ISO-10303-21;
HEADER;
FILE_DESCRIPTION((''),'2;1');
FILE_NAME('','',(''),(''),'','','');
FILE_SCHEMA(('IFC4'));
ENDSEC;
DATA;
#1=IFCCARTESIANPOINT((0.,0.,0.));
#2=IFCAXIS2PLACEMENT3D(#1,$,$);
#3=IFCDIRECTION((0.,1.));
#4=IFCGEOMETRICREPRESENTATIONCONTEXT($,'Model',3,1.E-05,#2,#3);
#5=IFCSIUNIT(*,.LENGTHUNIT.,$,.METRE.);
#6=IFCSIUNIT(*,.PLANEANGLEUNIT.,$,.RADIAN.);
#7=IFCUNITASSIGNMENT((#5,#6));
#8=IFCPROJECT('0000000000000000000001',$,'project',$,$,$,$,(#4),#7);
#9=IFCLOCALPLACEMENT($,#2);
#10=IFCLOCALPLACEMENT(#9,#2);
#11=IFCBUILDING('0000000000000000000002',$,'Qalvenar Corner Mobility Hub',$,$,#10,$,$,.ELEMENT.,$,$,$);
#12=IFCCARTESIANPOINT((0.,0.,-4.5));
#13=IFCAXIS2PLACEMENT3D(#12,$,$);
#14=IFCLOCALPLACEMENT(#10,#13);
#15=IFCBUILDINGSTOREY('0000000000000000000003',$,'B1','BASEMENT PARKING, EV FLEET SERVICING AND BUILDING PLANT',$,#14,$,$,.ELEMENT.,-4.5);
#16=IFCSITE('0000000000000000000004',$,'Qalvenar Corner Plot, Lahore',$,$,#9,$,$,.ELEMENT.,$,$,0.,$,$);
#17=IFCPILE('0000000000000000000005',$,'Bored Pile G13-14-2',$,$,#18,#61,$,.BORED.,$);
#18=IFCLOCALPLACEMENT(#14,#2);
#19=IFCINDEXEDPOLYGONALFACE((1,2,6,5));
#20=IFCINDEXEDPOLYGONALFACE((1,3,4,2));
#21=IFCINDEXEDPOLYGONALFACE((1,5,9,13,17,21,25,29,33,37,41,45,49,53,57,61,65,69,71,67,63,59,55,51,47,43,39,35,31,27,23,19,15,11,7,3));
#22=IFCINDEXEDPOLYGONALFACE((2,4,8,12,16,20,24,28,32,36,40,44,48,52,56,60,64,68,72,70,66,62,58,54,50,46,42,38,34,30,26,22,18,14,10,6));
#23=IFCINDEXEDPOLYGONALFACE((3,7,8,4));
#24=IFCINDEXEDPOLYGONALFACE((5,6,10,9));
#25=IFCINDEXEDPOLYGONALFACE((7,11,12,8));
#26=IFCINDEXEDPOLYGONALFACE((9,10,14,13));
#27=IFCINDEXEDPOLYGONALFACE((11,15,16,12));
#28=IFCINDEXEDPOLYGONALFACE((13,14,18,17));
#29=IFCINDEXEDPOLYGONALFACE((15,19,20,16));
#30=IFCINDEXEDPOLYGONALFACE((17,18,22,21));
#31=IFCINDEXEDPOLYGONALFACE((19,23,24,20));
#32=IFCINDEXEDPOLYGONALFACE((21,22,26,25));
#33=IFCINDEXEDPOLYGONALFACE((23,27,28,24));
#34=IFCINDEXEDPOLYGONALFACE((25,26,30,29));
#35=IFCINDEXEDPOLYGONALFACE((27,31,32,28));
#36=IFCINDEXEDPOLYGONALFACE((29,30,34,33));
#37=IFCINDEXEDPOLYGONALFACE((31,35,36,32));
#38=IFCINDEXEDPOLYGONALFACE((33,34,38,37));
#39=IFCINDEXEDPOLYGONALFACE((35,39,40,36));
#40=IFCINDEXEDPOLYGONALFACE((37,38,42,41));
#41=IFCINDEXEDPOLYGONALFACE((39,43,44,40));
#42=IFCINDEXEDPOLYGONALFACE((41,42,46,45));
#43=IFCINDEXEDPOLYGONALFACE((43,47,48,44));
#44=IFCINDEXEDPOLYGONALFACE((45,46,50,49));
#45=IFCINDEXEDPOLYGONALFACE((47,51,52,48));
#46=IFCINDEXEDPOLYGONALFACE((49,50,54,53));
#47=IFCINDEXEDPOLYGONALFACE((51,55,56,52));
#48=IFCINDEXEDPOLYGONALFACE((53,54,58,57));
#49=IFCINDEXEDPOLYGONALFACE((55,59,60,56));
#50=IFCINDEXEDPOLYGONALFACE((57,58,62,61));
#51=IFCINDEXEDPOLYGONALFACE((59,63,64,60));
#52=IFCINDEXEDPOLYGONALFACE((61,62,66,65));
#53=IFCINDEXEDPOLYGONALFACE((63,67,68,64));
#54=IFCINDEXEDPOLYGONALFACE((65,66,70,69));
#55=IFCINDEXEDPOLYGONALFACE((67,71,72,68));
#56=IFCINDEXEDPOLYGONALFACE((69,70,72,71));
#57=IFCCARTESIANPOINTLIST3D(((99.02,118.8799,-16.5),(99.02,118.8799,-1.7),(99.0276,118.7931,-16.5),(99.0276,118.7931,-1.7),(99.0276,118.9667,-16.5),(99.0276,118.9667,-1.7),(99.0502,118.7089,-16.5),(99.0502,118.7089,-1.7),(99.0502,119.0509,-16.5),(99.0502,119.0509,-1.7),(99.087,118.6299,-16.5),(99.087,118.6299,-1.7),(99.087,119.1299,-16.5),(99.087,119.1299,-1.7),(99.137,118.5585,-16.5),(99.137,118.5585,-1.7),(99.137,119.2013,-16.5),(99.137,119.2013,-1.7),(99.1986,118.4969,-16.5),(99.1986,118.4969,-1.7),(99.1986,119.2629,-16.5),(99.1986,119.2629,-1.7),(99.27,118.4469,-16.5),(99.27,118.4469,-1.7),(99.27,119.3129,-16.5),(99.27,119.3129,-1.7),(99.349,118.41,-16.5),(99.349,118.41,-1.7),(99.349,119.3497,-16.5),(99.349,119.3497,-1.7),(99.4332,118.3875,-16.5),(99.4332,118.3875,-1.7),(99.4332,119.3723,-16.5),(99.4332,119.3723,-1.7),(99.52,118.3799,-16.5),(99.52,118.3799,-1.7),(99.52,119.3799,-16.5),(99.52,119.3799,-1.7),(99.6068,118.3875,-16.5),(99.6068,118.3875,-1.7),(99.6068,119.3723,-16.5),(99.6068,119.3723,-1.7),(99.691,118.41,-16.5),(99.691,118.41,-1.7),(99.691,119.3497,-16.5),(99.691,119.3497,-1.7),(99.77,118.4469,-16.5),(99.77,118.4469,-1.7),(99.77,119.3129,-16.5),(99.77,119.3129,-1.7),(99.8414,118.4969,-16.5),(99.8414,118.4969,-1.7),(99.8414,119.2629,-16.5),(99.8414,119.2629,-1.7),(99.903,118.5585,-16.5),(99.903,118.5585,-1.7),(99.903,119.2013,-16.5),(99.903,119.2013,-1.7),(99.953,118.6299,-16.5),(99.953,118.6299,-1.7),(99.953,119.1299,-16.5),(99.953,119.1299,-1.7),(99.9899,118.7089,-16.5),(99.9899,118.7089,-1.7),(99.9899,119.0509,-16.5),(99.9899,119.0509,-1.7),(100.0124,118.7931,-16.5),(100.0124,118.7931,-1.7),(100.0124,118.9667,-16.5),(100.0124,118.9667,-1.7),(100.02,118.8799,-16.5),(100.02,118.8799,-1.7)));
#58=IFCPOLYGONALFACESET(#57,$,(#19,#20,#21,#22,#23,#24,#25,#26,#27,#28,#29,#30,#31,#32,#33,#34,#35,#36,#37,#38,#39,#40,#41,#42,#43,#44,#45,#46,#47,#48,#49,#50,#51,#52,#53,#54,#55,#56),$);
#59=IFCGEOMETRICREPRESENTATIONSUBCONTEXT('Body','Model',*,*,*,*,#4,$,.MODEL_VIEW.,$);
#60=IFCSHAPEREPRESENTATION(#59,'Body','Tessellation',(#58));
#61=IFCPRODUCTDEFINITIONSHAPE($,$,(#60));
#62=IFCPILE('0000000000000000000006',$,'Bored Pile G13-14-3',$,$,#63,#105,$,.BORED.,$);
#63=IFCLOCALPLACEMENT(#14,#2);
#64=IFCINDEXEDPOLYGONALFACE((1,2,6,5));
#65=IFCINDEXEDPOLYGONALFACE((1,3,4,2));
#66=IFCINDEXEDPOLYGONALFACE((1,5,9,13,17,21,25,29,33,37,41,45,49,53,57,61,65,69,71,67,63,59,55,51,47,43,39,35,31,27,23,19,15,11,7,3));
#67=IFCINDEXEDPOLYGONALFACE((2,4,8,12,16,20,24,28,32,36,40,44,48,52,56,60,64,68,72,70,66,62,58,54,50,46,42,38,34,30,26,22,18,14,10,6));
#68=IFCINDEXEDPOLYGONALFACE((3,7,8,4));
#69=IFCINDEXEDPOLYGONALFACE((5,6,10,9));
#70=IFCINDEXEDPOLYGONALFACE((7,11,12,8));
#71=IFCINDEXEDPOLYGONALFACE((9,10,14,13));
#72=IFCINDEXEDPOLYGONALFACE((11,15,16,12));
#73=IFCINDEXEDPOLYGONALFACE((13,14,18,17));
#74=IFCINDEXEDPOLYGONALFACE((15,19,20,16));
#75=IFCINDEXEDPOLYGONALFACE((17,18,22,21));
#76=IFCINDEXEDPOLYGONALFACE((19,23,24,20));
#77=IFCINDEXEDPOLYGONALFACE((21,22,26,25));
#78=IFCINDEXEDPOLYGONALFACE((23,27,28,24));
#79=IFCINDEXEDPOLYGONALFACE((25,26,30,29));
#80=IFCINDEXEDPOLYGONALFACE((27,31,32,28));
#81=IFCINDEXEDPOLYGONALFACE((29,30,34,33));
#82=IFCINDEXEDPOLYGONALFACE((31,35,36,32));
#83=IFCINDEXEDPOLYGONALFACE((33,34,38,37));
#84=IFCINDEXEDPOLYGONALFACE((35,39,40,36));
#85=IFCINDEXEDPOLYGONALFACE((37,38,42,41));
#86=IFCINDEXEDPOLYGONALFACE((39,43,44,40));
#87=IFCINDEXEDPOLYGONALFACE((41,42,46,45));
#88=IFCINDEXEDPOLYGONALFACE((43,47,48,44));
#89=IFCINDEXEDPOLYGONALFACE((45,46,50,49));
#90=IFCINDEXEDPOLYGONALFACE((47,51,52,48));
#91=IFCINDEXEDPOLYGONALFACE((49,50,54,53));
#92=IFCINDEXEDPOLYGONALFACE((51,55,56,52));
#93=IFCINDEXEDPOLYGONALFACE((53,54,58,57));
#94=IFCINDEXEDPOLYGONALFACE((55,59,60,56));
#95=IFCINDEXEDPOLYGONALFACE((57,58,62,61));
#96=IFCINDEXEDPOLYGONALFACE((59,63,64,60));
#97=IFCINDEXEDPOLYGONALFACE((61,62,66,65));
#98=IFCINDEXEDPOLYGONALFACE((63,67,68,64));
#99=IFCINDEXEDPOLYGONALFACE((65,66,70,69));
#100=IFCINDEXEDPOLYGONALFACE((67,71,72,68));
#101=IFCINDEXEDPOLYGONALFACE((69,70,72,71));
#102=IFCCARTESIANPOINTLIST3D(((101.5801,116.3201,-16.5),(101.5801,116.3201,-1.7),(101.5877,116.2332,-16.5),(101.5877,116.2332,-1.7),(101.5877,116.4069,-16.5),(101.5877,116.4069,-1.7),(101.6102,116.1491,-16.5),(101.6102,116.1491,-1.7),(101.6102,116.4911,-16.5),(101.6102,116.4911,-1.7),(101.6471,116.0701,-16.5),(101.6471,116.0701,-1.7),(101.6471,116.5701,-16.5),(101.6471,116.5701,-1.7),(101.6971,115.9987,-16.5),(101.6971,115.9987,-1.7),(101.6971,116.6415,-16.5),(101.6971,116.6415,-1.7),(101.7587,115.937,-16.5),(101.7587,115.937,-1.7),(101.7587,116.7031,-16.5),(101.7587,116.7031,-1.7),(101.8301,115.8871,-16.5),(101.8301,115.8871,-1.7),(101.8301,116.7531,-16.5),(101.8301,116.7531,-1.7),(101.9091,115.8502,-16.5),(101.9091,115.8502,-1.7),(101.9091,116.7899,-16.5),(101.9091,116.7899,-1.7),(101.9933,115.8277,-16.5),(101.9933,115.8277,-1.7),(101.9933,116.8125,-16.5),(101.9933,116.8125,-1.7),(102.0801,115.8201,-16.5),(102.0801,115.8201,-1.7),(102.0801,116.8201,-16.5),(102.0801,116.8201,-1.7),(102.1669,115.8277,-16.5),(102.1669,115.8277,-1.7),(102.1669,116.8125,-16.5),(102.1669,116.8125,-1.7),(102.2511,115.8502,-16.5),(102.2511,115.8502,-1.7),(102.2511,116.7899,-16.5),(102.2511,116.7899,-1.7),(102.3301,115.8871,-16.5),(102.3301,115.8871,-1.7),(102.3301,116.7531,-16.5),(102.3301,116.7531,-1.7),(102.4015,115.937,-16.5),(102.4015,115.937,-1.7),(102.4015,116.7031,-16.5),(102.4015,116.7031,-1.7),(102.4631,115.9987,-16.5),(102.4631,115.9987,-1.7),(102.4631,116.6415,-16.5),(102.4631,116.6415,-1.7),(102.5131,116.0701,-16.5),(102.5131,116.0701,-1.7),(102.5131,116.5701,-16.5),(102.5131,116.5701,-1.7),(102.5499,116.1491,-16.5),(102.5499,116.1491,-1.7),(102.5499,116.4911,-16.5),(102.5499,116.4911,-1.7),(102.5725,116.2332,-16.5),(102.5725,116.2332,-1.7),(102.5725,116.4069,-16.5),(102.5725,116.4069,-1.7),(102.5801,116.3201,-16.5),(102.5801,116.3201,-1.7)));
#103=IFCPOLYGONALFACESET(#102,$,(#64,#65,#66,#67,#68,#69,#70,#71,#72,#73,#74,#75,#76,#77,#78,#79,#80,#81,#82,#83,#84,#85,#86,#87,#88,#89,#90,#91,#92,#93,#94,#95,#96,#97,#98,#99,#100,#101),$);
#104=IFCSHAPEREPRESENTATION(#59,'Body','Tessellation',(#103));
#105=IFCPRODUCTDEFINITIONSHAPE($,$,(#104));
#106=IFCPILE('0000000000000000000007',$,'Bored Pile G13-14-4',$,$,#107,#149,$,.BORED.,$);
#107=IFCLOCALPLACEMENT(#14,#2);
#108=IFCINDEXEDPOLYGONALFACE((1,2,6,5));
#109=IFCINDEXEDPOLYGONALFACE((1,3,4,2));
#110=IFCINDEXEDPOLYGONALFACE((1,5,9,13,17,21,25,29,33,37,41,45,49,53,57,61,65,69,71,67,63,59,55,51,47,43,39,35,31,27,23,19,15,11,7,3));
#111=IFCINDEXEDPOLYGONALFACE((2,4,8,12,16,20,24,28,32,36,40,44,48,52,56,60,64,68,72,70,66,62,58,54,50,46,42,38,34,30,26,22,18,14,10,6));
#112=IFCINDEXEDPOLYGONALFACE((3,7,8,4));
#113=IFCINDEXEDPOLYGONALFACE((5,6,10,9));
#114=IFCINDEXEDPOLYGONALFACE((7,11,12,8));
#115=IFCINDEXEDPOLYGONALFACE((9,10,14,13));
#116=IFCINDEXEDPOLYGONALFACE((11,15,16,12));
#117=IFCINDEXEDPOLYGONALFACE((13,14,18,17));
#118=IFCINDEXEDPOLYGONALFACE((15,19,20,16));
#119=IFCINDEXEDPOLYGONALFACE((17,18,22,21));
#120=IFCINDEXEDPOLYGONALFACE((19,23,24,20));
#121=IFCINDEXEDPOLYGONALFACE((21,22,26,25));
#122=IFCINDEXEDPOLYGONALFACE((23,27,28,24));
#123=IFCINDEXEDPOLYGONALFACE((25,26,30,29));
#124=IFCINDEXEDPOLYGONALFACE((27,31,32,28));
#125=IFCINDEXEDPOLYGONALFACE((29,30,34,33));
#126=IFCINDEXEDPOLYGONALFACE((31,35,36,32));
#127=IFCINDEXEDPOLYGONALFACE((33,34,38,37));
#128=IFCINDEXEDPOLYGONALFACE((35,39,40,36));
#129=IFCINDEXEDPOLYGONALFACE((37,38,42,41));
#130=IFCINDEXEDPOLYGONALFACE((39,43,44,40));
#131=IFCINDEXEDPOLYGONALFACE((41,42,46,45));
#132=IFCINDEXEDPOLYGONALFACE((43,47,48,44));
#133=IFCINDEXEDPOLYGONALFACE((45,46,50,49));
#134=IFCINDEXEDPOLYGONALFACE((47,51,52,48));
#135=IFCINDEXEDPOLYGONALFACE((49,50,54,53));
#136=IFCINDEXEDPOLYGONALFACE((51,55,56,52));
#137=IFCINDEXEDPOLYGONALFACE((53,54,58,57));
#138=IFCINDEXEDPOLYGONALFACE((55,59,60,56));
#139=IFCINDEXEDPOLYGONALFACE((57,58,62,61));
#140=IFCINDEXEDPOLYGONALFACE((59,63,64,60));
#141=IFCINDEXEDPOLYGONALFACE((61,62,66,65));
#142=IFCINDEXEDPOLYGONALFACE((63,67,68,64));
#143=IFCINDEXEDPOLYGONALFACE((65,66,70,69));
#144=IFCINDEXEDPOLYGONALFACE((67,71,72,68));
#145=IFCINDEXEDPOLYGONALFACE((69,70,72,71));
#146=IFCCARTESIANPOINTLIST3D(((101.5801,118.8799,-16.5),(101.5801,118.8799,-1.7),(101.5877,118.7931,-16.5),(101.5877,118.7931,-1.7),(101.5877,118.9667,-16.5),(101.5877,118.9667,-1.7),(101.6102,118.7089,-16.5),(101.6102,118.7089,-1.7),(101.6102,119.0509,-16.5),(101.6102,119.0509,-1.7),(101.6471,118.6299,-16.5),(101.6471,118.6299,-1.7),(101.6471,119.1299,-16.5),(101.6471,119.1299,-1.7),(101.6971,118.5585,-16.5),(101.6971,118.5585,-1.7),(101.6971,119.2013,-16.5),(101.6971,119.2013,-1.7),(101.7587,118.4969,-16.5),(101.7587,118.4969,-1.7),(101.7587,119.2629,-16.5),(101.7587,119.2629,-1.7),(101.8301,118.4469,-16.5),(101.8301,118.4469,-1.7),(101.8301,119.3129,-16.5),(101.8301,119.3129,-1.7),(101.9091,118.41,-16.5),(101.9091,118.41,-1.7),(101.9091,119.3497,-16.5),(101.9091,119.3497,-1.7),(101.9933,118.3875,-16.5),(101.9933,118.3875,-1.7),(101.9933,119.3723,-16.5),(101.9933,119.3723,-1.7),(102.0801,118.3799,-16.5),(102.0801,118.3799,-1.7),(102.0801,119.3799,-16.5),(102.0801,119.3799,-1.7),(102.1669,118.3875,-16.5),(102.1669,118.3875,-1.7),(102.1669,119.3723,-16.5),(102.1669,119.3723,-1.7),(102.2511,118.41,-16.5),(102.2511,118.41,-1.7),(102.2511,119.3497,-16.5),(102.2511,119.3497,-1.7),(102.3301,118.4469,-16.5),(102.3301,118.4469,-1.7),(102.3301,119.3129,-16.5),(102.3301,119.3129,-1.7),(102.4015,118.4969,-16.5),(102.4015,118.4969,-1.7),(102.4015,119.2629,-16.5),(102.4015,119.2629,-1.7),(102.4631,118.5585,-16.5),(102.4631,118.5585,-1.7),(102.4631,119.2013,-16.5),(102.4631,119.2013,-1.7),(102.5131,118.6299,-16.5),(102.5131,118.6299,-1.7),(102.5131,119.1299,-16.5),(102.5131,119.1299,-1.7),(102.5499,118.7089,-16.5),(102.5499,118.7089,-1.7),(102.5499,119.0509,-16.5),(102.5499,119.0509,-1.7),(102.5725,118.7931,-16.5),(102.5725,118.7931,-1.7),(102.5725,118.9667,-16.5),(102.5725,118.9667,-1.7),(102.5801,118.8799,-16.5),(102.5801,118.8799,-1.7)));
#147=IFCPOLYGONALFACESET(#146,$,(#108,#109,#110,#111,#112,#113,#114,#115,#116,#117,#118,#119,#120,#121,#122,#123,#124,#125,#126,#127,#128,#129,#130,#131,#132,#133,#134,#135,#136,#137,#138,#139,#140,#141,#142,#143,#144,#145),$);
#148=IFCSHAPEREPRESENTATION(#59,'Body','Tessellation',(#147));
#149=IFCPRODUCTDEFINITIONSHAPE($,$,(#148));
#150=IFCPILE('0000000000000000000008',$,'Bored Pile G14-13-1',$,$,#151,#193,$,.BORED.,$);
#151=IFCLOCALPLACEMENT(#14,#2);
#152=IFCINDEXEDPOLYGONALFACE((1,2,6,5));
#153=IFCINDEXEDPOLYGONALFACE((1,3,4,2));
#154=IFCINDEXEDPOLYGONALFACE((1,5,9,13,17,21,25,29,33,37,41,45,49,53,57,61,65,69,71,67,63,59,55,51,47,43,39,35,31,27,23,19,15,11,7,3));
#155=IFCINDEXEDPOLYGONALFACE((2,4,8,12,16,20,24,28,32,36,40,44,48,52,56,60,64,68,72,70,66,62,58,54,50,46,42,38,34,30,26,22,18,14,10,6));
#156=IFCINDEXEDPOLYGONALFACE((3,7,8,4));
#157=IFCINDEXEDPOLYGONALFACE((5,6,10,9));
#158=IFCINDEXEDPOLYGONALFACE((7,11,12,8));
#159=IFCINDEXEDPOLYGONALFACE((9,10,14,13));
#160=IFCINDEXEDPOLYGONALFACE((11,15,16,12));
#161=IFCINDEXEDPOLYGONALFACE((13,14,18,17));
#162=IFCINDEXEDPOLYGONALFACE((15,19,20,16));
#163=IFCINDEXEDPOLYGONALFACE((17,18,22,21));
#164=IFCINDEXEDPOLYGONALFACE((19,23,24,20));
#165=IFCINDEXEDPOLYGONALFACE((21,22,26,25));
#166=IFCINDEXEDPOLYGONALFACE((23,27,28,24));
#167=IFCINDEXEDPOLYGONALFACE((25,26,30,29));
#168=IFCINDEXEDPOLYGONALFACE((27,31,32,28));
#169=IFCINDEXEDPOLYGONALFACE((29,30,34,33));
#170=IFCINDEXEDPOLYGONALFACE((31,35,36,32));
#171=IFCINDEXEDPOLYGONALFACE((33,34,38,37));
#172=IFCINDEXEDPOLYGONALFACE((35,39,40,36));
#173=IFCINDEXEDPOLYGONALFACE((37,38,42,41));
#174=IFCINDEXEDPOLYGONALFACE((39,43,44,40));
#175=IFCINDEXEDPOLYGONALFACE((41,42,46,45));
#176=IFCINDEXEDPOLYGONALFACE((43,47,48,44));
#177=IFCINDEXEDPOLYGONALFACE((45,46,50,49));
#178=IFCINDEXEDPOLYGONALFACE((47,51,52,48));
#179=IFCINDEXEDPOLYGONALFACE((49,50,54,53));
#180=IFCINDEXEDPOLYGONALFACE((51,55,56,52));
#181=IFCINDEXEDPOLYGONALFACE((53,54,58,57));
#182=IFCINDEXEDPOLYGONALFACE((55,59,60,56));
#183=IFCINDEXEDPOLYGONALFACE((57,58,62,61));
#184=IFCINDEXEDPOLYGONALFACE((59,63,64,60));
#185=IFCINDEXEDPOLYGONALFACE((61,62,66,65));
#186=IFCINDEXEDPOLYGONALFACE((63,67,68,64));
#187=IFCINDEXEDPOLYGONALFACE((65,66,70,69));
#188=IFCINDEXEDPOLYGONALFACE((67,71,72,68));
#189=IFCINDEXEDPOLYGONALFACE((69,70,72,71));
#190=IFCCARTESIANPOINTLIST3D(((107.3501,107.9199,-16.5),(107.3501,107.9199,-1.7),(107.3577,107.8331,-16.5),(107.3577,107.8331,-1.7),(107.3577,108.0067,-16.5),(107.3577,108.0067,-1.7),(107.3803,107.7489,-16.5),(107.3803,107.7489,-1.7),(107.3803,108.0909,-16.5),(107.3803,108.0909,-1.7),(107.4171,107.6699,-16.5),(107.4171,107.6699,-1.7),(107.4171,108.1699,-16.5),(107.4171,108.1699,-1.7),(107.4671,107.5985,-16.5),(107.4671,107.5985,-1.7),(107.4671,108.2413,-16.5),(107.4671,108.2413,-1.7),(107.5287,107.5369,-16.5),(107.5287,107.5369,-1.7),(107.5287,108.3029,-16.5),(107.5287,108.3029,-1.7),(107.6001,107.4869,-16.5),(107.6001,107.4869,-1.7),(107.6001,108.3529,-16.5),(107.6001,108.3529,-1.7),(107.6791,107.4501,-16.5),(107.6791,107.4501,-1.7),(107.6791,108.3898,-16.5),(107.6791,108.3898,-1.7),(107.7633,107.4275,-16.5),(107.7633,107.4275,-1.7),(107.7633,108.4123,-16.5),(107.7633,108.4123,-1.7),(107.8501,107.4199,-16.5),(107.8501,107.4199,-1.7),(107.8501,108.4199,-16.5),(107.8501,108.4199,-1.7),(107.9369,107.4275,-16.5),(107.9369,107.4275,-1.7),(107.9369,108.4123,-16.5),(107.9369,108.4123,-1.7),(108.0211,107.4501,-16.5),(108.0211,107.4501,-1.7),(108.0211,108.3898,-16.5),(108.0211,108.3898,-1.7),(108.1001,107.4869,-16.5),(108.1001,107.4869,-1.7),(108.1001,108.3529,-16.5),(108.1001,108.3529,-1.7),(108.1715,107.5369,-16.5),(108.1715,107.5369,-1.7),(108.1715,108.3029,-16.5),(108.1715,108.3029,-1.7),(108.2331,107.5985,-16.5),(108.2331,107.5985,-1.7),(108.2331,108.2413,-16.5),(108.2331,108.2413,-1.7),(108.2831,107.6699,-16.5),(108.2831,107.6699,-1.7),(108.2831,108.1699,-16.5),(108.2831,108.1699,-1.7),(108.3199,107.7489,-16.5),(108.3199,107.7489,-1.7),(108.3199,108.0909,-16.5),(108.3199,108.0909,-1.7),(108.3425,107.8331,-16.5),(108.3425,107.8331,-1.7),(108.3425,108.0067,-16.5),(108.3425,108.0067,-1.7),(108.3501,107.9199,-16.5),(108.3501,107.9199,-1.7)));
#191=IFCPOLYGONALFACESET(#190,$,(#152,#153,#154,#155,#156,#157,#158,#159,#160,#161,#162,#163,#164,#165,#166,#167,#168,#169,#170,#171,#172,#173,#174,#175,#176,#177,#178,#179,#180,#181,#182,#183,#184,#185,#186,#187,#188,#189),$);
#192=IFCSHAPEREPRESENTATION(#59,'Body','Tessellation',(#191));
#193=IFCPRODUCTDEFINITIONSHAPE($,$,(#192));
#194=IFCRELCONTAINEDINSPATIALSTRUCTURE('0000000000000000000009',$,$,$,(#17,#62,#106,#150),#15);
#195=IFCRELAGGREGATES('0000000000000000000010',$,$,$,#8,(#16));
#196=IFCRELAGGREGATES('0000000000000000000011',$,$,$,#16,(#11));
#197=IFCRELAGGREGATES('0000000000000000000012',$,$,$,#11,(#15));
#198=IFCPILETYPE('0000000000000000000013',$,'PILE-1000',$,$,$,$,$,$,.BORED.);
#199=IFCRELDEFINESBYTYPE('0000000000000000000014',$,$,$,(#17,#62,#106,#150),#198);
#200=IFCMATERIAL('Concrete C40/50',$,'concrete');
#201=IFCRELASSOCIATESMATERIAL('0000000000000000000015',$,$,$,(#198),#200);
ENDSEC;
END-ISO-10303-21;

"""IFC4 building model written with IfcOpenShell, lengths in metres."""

from ifc_helpers import new_model, si_unit, direction, frame, origin, origin_2d, place, context, subcontext, project, spatial, circle, extrude, material, material_profile, profile_set, type_object, element, save


model = new_model("IFC4")

# Units and contexts
model_context = context("Model", 3, precision=1e-05, world=origin(), true_north=direction((0.0, 1.0)))
body_context = subcontext(model_context, "Body", "Model", "MODEL_VIEW")
ifc_project = project(units=[si_unit("LENGTHUNIT", "METRE"), si_unit("PLANEANGLEUNIT", "RADIAN")], contexts=[model_context])

# Site, building, storey
site_placement = place(None, origin())
site = spatial("IfcSite", under=ifc_project, at=site_placement, Name="Qalvenar Corner Plot, Lahore", CompositionType="ELEMENT", RefElevation=0.0)
building_placement = place(site_placement, origin())
building = spatial("IfcBuilding", under=site, at=building_placement, Name="Qalvenar Corner Mobility Hub", CompositionType="ELEMENT")
storey_placement = place(building_placement, frame((0.0, 0.0, -4.5)))
storey = spatial("IfcBuildingStorey", under=building, at=storey_placement, Name="B1", Description="BASEMENT PARKING, EV FLEET SERVICING AND BUILDING PLANT", CompositionType="ELEMENT", Elevation=-4.5)

# Shared definitions
ifc_material_1 = material(Name="Concrete C40/50", Category="concrete")

# Piles
ifc_material_profile_1 = material_profile(ifc_material_1, circle(Radius=0.5, at=origin_2d()), Name="DIA1000")
ifc_profile_set_1 = profile_set([ifc_material_profile_1], Name="Concrete C40/50")
pile_type = type_object("IfcPileType", Name="PILE-1000", PredefinedType="BORED", material=ifc_profile_set_1)
for number, where, z_axis, x_axis, name in (
    (1, (99.52, 118.8799, -1.7), (0.0, 0.0, -1.0), (1.0, 0.0, 0.0), "Bored Pile G13-14-2"),
    (2, (102.0801, 116.3201, -1.7), (0.0, 0.0, -1.0), (1.0, 0.0, 0.0), "Bored Pile G13-14-3"),
    (3, (102.0801, 118.8799, -1.7), (0.0, 0.0, -1.0), (1.0, 0.0, 0.0), "Bored Pile G13-14-4"),
    (4, (107.8501, 107.9199, -1.7), (0.0, 0.0, -1.0), (1.0, 0.0, 0.0), "Bored Pile G14-13-1"),
):
    element("IfcPile", number, at=place(storey_placement, frame(where, z_axis=z_axis, x_axis=x_axis)), inside=storey, type_object=pile_type, Name=name, PredefinedType="BORED", context=body_context, shape_type="SweptSolid", body=[
        extrude(circle(Radius=0.5, at=origin_2d()), origin(), (0.0, 0.0, 1.0), 14.8),
    ])

save(model, "model.ifc")
